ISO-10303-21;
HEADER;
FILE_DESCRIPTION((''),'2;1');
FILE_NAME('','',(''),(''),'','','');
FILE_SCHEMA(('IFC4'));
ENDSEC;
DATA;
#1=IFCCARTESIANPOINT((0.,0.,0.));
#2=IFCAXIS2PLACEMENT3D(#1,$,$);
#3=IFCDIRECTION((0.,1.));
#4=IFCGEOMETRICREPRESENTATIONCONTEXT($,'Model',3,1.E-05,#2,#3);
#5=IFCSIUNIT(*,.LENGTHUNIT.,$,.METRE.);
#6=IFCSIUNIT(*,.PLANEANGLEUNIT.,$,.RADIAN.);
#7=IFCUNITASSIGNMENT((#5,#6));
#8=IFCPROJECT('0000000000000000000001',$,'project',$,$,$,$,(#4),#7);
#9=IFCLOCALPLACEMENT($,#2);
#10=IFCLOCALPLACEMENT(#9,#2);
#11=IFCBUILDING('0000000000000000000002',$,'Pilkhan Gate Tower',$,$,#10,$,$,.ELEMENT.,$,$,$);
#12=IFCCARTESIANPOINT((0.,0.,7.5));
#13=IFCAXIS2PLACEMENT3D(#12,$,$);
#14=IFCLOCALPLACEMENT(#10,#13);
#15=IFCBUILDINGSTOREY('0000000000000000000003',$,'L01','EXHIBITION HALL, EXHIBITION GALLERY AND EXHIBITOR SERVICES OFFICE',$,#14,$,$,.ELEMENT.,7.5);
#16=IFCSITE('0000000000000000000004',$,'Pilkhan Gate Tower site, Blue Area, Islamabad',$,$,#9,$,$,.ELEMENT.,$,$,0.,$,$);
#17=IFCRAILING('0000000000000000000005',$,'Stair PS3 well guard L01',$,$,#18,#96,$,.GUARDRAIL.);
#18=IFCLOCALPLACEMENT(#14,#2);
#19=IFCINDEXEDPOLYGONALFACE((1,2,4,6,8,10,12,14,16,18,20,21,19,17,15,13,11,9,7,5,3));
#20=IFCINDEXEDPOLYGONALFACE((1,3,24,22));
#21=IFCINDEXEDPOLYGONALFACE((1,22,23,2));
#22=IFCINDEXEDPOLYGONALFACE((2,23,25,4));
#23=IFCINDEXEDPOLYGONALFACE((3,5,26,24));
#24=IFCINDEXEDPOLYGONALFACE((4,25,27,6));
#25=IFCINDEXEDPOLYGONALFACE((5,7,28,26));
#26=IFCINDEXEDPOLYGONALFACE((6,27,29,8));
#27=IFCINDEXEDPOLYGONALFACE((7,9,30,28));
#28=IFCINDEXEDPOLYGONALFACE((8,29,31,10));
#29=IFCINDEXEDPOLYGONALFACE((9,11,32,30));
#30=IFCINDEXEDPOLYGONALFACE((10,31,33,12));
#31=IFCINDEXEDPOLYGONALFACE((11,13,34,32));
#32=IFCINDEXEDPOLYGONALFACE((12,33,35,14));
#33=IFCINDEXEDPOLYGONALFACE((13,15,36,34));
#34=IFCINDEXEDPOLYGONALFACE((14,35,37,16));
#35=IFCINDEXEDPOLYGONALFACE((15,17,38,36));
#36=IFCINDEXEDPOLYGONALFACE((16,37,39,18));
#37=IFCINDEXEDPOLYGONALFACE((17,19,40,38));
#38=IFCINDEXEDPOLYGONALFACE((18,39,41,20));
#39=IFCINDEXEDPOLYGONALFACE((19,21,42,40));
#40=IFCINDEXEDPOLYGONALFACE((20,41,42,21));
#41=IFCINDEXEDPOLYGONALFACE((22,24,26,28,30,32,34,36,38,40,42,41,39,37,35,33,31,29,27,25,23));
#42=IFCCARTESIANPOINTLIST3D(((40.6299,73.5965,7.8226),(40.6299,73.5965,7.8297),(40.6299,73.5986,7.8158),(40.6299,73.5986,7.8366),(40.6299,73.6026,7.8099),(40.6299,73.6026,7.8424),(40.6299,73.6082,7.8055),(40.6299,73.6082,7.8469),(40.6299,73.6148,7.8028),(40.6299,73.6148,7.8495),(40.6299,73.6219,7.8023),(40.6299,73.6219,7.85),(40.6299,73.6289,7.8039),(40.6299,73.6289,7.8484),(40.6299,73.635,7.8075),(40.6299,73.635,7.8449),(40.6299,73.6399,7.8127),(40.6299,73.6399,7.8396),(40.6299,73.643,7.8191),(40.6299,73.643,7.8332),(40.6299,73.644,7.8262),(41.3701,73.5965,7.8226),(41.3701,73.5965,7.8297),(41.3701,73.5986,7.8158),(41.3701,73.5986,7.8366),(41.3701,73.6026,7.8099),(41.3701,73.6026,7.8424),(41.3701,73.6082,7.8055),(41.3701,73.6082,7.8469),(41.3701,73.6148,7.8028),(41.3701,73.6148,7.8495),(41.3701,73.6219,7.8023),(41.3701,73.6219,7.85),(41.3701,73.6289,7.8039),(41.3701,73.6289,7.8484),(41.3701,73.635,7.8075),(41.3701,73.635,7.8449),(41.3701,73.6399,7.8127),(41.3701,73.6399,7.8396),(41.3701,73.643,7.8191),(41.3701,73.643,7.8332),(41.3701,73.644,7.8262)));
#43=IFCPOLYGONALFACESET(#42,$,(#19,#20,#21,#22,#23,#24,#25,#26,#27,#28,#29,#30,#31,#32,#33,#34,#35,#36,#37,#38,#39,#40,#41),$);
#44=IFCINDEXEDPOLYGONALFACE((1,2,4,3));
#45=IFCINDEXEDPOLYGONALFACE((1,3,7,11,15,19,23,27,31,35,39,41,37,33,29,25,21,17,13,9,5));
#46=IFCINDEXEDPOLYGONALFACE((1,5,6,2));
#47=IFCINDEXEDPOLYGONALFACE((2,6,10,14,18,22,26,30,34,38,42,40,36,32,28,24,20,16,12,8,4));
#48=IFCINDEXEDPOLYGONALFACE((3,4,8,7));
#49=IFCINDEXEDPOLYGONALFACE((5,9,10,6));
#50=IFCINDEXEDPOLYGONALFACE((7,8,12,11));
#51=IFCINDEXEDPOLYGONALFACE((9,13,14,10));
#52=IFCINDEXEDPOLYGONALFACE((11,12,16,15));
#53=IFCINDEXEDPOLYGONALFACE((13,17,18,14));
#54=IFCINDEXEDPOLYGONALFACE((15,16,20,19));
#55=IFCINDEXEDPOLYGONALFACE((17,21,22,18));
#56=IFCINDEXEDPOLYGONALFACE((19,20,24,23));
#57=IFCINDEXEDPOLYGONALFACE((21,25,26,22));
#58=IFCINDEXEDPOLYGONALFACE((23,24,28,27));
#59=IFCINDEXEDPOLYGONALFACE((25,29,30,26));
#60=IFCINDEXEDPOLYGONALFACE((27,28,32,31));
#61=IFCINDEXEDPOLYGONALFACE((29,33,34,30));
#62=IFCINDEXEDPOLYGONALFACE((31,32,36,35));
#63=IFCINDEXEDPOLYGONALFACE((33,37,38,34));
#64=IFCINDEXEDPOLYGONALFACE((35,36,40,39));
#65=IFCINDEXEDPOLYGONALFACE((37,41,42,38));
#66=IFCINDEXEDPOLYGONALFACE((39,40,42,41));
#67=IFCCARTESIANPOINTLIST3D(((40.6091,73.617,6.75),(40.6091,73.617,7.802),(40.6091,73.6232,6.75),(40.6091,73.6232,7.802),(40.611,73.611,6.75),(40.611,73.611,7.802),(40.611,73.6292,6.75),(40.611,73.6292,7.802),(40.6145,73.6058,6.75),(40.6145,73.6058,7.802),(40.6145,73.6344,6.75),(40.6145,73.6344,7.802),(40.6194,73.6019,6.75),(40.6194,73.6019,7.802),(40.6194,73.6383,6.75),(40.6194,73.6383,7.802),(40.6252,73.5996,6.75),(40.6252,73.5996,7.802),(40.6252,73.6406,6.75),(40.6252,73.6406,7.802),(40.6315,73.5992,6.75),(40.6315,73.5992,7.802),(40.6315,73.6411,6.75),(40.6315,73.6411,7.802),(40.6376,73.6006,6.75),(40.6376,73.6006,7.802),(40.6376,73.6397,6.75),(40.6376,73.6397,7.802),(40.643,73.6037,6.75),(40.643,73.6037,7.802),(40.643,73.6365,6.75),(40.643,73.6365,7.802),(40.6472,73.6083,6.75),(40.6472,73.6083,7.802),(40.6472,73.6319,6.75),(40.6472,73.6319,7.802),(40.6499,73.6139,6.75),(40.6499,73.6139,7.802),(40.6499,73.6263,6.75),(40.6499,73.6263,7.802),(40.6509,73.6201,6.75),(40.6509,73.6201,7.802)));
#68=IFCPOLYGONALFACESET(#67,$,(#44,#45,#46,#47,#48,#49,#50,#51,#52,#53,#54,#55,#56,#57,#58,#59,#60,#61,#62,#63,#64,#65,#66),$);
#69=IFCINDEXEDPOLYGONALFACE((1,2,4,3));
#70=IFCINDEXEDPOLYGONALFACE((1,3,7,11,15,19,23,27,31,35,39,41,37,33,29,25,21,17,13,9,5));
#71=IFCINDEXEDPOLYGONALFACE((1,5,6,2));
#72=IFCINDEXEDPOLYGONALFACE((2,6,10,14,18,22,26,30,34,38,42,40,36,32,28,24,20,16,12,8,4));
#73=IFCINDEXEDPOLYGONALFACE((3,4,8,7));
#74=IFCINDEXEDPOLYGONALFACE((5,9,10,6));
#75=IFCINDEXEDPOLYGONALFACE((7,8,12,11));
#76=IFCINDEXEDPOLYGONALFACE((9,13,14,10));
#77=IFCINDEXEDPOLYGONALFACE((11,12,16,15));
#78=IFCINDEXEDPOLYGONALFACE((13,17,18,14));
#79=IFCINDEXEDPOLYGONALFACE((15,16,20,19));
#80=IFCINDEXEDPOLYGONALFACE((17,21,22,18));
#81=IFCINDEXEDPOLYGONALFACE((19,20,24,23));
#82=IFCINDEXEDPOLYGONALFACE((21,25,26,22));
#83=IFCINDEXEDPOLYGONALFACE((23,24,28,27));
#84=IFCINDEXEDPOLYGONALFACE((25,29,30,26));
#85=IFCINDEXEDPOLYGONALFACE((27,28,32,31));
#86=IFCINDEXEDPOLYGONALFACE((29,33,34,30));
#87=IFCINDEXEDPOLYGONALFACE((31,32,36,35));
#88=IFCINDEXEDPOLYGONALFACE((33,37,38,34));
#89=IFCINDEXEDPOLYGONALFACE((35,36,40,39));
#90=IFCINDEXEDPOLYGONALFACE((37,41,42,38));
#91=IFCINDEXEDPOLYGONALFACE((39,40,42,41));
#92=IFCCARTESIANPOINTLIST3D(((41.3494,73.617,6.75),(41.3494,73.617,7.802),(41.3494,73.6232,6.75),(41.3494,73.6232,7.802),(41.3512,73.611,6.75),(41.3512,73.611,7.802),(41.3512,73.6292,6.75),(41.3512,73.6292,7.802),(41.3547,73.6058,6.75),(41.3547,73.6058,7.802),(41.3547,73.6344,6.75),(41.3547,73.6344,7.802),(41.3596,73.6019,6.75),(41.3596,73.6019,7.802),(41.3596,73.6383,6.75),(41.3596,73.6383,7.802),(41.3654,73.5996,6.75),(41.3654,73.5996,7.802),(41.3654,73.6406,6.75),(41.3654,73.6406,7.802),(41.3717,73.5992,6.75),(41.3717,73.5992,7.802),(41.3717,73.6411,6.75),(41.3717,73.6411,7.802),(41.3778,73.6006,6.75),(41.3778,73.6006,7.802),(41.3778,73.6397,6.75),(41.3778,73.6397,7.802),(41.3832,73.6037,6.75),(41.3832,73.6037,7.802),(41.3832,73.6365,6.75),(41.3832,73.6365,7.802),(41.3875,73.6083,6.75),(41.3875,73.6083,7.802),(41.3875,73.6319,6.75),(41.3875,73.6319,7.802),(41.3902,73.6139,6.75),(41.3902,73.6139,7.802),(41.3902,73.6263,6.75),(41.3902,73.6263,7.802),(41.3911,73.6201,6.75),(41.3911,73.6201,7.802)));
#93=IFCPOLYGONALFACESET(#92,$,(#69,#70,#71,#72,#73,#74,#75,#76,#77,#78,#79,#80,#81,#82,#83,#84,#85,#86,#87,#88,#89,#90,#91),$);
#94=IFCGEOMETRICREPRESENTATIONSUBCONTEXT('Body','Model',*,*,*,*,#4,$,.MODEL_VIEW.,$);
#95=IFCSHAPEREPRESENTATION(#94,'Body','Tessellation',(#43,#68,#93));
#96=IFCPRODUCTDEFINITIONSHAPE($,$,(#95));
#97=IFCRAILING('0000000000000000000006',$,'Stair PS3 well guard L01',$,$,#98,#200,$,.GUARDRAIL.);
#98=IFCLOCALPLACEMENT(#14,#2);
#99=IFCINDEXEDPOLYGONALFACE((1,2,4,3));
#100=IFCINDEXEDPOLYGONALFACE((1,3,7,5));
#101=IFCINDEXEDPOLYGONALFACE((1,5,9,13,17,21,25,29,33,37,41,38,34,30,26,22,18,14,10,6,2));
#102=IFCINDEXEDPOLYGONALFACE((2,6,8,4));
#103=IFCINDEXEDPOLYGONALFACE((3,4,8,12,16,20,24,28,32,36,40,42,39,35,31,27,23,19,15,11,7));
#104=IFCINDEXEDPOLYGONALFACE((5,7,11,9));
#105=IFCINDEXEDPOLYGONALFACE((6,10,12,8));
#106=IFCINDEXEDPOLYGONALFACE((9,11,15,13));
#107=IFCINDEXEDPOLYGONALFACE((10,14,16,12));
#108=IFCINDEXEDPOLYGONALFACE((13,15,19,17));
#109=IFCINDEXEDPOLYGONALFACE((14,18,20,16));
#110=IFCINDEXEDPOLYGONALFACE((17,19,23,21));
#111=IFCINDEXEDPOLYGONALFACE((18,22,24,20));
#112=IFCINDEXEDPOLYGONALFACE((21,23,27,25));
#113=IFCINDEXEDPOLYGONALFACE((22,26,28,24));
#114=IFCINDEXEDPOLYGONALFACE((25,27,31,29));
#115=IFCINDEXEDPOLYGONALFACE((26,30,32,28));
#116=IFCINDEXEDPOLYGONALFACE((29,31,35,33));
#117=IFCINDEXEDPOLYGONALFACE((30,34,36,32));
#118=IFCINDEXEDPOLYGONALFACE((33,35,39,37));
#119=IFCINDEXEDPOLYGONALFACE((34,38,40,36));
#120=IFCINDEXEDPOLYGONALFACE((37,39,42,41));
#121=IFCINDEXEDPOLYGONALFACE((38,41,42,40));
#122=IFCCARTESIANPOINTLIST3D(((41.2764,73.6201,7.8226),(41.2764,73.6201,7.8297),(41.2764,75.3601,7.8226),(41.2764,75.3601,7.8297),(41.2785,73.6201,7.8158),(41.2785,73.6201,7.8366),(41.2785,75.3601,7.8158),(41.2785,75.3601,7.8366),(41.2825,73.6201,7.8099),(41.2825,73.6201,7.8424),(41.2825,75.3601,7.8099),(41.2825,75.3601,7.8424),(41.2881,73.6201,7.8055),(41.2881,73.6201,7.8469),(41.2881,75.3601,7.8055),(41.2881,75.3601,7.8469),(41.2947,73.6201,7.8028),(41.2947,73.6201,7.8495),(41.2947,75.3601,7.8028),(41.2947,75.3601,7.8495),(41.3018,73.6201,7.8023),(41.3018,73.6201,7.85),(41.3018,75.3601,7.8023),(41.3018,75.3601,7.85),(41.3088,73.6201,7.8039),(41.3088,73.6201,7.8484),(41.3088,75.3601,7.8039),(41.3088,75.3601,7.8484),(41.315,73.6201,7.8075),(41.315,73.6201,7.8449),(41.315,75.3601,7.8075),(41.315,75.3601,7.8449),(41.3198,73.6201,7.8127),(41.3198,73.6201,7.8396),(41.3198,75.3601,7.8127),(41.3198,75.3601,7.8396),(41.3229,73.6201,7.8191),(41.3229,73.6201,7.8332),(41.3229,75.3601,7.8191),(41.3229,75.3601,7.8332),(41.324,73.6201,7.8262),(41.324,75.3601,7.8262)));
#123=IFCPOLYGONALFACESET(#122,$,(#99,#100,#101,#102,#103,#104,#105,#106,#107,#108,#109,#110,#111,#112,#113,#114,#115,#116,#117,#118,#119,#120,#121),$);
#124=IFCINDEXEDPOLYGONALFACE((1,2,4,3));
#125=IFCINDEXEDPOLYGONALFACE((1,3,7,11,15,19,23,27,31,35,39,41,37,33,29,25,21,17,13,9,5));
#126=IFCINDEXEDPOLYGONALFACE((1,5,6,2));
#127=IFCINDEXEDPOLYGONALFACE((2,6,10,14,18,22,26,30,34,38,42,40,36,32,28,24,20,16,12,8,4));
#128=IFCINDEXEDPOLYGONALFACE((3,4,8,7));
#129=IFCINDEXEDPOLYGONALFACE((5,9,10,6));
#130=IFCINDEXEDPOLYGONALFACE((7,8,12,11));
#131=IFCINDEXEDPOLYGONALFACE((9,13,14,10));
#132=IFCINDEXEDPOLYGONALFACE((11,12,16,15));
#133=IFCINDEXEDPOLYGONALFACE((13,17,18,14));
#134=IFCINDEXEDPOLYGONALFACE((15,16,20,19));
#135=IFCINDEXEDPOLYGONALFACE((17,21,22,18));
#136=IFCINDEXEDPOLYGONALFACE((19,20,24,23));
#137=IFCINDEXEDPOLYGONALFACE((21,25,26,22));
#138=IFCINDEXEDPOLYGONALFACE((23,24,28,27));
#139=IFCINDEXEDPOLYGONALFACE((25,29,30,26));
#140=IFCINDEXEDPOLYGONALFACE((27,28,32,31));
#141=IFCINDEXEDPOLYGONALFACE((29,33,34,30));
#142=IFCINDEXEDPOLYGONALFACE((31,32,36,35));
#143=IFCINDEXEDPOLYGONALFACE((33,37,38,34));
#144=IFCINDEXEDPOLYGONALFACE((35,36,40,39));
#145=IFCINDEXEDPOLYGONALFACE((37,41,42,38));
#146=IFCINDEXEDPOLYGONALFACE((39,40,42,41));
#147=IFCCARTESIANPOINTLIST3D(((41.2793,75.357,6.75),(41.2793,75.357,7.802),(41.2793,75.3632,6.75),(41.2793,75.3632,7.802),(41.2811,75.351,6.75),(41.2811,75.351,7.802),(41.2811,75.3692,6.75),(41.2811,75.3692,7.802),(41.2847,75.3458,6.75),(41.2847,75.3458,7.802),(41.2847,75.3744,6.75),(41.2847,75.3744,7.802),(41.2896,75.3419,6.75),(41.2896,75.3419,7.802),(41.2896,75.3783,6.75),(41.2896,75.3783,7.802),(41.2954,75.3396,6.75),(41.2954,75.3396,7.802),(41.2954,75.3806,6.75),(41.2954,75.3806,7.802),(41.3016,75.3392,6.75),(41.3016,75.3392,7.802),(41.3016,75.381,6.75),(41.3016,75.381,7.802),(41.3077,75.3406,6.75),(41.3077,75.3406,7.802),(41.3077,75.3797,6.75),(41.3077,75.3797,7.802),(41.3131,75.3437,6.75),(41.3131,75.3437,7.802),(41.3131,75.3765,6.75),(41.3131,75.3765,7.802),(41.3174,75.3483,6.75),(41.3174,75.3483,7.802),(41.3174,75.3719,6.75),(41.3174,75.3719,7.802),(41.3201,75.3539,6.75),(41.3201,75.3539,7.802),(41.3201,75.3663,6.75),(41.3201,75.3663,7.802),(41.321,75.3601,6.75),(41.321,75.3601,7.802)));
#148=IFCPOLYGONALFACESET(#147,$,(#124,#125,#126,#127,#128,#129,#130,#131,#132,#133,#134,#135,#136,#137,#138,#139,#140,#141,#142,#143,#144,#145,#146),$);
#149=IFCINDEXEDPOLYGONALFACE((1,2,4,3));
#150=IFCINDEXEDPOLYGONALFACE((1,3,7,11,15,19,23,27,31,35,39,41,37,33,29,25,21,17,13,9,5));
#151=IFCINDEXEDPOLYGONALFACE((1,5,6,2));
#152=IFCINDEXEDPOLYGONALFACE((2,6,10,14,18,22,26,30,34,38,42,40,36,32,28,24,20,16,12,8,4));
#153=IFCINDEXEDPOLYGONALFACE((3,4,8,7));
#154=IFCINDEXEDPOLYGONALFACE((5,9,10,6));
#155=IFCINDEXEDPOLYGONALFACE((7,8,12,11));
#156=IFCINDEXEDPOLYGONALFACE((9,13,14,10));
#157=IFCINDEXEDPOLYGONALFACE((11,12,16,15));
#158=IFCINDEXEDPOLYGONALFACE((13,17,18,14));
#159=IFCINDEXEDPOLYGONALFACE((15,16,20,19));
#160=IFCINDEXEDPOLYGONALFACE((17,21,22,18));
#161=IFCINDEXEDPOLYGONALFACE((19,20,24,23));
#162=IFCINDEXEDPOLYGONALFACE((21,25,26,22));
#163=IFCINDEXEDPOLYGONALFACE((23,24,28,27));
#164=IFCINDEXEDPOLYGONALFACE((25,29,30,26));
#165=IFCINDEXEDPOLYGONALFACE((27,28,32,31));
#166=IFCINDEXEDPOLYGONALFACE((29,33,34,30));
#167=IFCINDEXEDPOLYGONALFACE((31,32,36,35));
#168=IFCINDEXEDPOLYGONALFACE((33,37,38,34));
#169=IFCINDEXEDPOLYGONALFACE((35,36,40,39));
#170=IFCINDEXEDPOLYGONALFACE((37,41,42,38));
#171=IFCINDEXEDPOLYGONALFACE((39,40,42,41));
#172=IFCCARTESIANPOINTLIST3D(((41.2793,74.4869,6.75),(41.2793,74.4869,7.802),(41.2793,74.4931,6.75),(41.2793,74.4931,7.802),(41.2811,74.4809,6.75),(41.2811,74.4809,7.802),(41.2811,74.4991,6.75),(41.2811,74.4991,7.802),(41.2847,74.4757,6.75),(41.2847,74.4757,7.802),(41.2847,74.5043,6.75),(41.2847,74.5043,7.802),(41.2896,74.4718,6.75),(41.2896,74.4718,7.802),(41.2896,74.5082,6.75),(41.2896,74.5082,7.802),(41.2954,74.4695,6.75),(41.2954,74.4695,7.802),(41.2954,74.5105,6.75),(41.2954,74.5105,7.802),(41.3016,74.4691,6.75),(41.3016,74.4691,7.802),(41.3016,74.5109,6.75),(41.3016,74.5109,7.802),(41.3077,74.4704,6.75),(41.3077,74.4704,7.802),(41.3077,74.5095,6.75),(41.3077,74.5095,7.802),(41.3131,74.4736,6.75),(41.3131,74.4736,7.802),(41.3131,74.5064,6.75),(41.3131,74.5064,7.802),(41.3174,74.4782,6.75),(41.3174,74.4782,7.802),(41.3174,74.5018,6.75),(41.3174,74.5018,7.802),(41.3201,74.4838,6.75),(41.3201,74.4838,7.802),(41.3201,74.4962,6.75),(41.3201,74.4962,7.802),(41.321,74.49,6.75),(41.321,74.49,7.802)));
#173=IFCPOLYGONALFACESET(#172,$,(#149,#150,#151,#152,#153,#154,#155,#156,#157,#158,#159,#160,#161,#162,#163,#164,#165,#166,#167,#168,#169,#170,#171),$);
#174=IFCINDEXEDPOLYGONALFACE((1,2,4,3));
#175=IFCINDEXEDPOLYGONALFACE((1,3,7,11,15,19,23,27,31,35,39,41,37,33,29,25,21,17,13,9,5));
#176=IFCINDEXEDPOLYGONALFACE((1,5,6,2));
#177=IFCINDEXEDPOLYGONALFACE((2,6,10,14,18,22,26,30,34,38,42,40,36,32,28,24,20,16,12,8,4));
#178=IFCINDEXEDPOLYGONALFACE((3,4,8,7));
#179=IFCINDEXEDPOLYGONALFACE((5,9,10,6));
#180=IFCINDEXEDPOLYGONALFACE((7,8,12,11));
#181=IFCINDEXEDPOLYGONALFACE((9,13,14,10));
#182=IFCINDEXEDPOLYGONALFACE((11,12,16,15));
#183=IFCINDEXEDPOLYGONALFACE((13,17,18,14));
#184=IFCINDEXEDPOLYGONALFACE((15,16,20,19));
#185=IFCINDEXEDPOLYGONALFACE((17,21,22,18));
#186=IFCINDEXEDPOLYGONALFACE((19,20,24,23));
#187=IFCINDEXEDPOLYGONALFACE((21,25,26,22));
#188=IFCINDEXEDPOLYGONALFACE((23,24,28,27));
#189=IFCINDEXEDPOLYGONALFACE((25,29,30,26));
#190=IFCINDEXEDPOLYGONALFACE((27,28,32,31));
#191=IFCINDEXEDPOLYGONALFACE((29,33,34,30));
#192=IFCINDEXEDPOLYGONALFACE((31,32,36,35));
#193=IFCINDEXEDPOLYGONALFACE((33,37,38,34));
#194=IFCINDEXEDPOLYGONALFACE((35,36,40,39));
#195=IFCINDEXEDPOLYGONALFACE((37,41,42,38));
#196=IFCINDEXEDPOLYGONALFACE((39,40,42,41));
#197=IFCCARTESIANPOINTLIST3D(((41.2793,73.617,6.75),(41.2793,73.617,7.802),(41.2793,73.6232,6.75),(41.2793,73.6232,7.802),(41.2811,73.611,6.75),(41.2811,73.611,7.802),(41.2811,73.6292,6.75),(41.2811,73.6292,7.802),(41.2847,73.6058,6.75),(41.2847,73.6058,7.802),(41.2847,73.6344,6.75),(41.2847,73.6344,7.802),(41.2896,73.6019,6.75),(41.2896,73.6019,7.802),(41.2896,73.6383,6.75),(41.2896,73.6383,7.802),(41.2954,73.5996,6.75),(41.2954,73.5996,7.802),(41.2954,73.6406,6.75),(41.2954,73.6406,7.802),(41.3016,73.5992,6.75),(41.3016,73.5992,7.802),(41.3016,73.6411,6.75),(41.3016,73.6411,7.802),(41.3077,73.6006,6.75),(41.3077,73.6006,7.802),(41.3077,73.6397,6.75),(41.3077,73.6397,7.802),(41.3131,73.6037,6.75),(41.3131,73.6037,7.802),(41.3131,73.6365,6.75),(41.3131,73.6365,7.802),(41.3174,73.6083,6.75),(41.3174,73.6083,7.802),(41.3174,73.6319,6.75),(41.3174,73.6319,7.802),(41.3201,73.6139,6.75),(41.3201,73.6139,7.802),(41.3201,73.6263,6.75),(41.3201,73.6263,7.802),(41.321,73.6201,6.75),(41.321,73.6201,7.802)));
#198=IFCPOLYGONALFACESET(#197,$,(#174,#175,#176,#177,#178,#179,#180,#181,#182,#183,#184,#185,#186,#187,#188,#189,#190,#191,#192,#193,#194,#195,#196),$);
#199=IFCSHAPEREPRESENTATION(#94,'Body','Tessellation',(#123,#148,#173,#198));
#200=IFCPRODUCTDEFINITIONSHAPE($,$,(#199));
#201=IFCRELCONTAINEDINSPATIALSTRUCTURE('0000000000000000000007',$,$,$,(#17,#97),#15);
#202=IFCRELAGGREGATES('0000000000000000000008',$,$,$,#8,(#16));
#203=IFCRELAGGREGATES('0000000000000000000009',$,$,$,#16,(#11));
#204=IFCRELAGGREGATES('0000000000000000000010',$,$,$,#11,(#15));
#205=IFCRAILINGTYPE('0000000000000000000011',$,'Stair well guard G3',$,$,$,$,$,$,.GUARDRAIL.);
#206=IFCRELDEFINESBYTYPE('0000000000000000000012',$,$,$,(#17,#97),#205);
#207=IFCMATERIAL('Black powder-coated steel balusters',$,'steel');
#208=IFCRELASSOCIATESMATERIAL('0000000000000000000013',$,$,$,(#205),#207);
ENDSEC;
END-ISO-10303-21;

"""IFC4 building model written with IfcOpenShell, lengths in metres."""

from ifc_helpers import new_model, si_unit, direction, frame, origin, origin_2d, place, context, subcontext, project, spatial, circle, extrude, material, type_object, element, save


model = new_model("IFC4")

# Units and contexts
model_context = context("Model", 3, precision=1e-05, world=origin(), true_north=direction((0.0, 1.0)))
body_context = subcontext(model_context, "Body", "Model", "MODEL_VIEW")
ifc_project = project(units=[si_unit("LENGTHUNIT", "METRE"), si_unit("PLANEANGLEUNIT", "RADIAN")], contexts=[model_context])

# Site, building, storey
site_placement = place(None, origin())
site = spatial("IfcSite", under=ifc_project, at=site_placement, Name="Pilkhan Gate Tower site, Blue Area, Islamabad", CompositionType="ELEMENT", RefElevation=0.0)
building_placement = place(site_placement, origin())
building = spatial("IfcBuilding", under=site, at=building_placement, Name="Pilkhan Gate Tower", CompositionType="ELEMENT")
storey_placement = place(building_placement, frame((0.0, 0.0, 7.5)))
storey = spatial("IfcBuildingStorey", under=building, at=storey_placement, Name="L01", Description="EXHIBITION HALL, EXHIBITION GALLERY AND EXHIBITOR SERVICES OFFICE", CompositionType="ELEMENT", Elevation=7.5)

# Railings
ifc_material_1 = material(Name="Black powder-coated steel balusters", Category="steel")
railing_type_1 = type_object("IfcRailingType", Name="Stair well guard G3", PredefinedType="GUARDRAIL", material=ifc_material_1)
railing_1_placement = place(storey_placement, frame((40.6299, 73.6201, 6.75)))
element("IfcRailing", 1, at=railing_1_placement, inside=storey, type_object=railing_type_1, Name="Stair PS3 well guard L01", PredefinedType="GUARDRAIL", context=body_context, shape_type="SweptSolid", body=[
    extrude(circle(Radius=0.0239, at=origin_2d()), frame((0.0, 0.0, 1.0762), z_axis=(1.0, 0.0, 0.0), x_axis=(0.0, 1.0, 0.0)), (0.0, 0.0, 1.0), 0.7402),
    extrude(circle(Radius=0.021, at=origin_2d()), origin(), (0.0, 0.0, 1.0), 1.052),
    extrude(circle(Radius=0.021, at=origin_2d()), frame((0.7402, 0.0, 0.0)), (0.0, 0.0, 1.0), 1.052),
])
railing_2_placement = place(storey_placement, frame((41.3, 75.3601, 6.75)))
element("IfcRailing", 2, at=railing_2_placement, inside=storey, type_object=railing_type_1, Name="Stair PS3 well guard L01", PredefinedType="GUARDRAIL", context=body_context, shape_type="SweptSolid", body=[
    extrude(circle(Radius=0.0239, at=origin_2d()), frame((0.0, 0.0, 1.0762), z_axis=(0.0, -1.0, 0.0), x_axis=(1.0, 0.0, 0.0)), (0.0, 0.0, 1.0), 1.74),
    extrude(circle(Radius=0.021, at=origin_2d()), origin(), (0.0, 0.0, 1.0), 1.052),
    extrude(circle(Radius=0.021, at=origin_2d()), frame((0.0, -0.8701, 0.0)), (0.0, 0.0, 1.0), 1.052),
    extrude(circle(Radius=0.021, at=origin_2d()), frame((0.0, -1.74, 0.0)), (0.0, 0.0, 1.0), 1.052),
])

save(model, "model.ifc")
